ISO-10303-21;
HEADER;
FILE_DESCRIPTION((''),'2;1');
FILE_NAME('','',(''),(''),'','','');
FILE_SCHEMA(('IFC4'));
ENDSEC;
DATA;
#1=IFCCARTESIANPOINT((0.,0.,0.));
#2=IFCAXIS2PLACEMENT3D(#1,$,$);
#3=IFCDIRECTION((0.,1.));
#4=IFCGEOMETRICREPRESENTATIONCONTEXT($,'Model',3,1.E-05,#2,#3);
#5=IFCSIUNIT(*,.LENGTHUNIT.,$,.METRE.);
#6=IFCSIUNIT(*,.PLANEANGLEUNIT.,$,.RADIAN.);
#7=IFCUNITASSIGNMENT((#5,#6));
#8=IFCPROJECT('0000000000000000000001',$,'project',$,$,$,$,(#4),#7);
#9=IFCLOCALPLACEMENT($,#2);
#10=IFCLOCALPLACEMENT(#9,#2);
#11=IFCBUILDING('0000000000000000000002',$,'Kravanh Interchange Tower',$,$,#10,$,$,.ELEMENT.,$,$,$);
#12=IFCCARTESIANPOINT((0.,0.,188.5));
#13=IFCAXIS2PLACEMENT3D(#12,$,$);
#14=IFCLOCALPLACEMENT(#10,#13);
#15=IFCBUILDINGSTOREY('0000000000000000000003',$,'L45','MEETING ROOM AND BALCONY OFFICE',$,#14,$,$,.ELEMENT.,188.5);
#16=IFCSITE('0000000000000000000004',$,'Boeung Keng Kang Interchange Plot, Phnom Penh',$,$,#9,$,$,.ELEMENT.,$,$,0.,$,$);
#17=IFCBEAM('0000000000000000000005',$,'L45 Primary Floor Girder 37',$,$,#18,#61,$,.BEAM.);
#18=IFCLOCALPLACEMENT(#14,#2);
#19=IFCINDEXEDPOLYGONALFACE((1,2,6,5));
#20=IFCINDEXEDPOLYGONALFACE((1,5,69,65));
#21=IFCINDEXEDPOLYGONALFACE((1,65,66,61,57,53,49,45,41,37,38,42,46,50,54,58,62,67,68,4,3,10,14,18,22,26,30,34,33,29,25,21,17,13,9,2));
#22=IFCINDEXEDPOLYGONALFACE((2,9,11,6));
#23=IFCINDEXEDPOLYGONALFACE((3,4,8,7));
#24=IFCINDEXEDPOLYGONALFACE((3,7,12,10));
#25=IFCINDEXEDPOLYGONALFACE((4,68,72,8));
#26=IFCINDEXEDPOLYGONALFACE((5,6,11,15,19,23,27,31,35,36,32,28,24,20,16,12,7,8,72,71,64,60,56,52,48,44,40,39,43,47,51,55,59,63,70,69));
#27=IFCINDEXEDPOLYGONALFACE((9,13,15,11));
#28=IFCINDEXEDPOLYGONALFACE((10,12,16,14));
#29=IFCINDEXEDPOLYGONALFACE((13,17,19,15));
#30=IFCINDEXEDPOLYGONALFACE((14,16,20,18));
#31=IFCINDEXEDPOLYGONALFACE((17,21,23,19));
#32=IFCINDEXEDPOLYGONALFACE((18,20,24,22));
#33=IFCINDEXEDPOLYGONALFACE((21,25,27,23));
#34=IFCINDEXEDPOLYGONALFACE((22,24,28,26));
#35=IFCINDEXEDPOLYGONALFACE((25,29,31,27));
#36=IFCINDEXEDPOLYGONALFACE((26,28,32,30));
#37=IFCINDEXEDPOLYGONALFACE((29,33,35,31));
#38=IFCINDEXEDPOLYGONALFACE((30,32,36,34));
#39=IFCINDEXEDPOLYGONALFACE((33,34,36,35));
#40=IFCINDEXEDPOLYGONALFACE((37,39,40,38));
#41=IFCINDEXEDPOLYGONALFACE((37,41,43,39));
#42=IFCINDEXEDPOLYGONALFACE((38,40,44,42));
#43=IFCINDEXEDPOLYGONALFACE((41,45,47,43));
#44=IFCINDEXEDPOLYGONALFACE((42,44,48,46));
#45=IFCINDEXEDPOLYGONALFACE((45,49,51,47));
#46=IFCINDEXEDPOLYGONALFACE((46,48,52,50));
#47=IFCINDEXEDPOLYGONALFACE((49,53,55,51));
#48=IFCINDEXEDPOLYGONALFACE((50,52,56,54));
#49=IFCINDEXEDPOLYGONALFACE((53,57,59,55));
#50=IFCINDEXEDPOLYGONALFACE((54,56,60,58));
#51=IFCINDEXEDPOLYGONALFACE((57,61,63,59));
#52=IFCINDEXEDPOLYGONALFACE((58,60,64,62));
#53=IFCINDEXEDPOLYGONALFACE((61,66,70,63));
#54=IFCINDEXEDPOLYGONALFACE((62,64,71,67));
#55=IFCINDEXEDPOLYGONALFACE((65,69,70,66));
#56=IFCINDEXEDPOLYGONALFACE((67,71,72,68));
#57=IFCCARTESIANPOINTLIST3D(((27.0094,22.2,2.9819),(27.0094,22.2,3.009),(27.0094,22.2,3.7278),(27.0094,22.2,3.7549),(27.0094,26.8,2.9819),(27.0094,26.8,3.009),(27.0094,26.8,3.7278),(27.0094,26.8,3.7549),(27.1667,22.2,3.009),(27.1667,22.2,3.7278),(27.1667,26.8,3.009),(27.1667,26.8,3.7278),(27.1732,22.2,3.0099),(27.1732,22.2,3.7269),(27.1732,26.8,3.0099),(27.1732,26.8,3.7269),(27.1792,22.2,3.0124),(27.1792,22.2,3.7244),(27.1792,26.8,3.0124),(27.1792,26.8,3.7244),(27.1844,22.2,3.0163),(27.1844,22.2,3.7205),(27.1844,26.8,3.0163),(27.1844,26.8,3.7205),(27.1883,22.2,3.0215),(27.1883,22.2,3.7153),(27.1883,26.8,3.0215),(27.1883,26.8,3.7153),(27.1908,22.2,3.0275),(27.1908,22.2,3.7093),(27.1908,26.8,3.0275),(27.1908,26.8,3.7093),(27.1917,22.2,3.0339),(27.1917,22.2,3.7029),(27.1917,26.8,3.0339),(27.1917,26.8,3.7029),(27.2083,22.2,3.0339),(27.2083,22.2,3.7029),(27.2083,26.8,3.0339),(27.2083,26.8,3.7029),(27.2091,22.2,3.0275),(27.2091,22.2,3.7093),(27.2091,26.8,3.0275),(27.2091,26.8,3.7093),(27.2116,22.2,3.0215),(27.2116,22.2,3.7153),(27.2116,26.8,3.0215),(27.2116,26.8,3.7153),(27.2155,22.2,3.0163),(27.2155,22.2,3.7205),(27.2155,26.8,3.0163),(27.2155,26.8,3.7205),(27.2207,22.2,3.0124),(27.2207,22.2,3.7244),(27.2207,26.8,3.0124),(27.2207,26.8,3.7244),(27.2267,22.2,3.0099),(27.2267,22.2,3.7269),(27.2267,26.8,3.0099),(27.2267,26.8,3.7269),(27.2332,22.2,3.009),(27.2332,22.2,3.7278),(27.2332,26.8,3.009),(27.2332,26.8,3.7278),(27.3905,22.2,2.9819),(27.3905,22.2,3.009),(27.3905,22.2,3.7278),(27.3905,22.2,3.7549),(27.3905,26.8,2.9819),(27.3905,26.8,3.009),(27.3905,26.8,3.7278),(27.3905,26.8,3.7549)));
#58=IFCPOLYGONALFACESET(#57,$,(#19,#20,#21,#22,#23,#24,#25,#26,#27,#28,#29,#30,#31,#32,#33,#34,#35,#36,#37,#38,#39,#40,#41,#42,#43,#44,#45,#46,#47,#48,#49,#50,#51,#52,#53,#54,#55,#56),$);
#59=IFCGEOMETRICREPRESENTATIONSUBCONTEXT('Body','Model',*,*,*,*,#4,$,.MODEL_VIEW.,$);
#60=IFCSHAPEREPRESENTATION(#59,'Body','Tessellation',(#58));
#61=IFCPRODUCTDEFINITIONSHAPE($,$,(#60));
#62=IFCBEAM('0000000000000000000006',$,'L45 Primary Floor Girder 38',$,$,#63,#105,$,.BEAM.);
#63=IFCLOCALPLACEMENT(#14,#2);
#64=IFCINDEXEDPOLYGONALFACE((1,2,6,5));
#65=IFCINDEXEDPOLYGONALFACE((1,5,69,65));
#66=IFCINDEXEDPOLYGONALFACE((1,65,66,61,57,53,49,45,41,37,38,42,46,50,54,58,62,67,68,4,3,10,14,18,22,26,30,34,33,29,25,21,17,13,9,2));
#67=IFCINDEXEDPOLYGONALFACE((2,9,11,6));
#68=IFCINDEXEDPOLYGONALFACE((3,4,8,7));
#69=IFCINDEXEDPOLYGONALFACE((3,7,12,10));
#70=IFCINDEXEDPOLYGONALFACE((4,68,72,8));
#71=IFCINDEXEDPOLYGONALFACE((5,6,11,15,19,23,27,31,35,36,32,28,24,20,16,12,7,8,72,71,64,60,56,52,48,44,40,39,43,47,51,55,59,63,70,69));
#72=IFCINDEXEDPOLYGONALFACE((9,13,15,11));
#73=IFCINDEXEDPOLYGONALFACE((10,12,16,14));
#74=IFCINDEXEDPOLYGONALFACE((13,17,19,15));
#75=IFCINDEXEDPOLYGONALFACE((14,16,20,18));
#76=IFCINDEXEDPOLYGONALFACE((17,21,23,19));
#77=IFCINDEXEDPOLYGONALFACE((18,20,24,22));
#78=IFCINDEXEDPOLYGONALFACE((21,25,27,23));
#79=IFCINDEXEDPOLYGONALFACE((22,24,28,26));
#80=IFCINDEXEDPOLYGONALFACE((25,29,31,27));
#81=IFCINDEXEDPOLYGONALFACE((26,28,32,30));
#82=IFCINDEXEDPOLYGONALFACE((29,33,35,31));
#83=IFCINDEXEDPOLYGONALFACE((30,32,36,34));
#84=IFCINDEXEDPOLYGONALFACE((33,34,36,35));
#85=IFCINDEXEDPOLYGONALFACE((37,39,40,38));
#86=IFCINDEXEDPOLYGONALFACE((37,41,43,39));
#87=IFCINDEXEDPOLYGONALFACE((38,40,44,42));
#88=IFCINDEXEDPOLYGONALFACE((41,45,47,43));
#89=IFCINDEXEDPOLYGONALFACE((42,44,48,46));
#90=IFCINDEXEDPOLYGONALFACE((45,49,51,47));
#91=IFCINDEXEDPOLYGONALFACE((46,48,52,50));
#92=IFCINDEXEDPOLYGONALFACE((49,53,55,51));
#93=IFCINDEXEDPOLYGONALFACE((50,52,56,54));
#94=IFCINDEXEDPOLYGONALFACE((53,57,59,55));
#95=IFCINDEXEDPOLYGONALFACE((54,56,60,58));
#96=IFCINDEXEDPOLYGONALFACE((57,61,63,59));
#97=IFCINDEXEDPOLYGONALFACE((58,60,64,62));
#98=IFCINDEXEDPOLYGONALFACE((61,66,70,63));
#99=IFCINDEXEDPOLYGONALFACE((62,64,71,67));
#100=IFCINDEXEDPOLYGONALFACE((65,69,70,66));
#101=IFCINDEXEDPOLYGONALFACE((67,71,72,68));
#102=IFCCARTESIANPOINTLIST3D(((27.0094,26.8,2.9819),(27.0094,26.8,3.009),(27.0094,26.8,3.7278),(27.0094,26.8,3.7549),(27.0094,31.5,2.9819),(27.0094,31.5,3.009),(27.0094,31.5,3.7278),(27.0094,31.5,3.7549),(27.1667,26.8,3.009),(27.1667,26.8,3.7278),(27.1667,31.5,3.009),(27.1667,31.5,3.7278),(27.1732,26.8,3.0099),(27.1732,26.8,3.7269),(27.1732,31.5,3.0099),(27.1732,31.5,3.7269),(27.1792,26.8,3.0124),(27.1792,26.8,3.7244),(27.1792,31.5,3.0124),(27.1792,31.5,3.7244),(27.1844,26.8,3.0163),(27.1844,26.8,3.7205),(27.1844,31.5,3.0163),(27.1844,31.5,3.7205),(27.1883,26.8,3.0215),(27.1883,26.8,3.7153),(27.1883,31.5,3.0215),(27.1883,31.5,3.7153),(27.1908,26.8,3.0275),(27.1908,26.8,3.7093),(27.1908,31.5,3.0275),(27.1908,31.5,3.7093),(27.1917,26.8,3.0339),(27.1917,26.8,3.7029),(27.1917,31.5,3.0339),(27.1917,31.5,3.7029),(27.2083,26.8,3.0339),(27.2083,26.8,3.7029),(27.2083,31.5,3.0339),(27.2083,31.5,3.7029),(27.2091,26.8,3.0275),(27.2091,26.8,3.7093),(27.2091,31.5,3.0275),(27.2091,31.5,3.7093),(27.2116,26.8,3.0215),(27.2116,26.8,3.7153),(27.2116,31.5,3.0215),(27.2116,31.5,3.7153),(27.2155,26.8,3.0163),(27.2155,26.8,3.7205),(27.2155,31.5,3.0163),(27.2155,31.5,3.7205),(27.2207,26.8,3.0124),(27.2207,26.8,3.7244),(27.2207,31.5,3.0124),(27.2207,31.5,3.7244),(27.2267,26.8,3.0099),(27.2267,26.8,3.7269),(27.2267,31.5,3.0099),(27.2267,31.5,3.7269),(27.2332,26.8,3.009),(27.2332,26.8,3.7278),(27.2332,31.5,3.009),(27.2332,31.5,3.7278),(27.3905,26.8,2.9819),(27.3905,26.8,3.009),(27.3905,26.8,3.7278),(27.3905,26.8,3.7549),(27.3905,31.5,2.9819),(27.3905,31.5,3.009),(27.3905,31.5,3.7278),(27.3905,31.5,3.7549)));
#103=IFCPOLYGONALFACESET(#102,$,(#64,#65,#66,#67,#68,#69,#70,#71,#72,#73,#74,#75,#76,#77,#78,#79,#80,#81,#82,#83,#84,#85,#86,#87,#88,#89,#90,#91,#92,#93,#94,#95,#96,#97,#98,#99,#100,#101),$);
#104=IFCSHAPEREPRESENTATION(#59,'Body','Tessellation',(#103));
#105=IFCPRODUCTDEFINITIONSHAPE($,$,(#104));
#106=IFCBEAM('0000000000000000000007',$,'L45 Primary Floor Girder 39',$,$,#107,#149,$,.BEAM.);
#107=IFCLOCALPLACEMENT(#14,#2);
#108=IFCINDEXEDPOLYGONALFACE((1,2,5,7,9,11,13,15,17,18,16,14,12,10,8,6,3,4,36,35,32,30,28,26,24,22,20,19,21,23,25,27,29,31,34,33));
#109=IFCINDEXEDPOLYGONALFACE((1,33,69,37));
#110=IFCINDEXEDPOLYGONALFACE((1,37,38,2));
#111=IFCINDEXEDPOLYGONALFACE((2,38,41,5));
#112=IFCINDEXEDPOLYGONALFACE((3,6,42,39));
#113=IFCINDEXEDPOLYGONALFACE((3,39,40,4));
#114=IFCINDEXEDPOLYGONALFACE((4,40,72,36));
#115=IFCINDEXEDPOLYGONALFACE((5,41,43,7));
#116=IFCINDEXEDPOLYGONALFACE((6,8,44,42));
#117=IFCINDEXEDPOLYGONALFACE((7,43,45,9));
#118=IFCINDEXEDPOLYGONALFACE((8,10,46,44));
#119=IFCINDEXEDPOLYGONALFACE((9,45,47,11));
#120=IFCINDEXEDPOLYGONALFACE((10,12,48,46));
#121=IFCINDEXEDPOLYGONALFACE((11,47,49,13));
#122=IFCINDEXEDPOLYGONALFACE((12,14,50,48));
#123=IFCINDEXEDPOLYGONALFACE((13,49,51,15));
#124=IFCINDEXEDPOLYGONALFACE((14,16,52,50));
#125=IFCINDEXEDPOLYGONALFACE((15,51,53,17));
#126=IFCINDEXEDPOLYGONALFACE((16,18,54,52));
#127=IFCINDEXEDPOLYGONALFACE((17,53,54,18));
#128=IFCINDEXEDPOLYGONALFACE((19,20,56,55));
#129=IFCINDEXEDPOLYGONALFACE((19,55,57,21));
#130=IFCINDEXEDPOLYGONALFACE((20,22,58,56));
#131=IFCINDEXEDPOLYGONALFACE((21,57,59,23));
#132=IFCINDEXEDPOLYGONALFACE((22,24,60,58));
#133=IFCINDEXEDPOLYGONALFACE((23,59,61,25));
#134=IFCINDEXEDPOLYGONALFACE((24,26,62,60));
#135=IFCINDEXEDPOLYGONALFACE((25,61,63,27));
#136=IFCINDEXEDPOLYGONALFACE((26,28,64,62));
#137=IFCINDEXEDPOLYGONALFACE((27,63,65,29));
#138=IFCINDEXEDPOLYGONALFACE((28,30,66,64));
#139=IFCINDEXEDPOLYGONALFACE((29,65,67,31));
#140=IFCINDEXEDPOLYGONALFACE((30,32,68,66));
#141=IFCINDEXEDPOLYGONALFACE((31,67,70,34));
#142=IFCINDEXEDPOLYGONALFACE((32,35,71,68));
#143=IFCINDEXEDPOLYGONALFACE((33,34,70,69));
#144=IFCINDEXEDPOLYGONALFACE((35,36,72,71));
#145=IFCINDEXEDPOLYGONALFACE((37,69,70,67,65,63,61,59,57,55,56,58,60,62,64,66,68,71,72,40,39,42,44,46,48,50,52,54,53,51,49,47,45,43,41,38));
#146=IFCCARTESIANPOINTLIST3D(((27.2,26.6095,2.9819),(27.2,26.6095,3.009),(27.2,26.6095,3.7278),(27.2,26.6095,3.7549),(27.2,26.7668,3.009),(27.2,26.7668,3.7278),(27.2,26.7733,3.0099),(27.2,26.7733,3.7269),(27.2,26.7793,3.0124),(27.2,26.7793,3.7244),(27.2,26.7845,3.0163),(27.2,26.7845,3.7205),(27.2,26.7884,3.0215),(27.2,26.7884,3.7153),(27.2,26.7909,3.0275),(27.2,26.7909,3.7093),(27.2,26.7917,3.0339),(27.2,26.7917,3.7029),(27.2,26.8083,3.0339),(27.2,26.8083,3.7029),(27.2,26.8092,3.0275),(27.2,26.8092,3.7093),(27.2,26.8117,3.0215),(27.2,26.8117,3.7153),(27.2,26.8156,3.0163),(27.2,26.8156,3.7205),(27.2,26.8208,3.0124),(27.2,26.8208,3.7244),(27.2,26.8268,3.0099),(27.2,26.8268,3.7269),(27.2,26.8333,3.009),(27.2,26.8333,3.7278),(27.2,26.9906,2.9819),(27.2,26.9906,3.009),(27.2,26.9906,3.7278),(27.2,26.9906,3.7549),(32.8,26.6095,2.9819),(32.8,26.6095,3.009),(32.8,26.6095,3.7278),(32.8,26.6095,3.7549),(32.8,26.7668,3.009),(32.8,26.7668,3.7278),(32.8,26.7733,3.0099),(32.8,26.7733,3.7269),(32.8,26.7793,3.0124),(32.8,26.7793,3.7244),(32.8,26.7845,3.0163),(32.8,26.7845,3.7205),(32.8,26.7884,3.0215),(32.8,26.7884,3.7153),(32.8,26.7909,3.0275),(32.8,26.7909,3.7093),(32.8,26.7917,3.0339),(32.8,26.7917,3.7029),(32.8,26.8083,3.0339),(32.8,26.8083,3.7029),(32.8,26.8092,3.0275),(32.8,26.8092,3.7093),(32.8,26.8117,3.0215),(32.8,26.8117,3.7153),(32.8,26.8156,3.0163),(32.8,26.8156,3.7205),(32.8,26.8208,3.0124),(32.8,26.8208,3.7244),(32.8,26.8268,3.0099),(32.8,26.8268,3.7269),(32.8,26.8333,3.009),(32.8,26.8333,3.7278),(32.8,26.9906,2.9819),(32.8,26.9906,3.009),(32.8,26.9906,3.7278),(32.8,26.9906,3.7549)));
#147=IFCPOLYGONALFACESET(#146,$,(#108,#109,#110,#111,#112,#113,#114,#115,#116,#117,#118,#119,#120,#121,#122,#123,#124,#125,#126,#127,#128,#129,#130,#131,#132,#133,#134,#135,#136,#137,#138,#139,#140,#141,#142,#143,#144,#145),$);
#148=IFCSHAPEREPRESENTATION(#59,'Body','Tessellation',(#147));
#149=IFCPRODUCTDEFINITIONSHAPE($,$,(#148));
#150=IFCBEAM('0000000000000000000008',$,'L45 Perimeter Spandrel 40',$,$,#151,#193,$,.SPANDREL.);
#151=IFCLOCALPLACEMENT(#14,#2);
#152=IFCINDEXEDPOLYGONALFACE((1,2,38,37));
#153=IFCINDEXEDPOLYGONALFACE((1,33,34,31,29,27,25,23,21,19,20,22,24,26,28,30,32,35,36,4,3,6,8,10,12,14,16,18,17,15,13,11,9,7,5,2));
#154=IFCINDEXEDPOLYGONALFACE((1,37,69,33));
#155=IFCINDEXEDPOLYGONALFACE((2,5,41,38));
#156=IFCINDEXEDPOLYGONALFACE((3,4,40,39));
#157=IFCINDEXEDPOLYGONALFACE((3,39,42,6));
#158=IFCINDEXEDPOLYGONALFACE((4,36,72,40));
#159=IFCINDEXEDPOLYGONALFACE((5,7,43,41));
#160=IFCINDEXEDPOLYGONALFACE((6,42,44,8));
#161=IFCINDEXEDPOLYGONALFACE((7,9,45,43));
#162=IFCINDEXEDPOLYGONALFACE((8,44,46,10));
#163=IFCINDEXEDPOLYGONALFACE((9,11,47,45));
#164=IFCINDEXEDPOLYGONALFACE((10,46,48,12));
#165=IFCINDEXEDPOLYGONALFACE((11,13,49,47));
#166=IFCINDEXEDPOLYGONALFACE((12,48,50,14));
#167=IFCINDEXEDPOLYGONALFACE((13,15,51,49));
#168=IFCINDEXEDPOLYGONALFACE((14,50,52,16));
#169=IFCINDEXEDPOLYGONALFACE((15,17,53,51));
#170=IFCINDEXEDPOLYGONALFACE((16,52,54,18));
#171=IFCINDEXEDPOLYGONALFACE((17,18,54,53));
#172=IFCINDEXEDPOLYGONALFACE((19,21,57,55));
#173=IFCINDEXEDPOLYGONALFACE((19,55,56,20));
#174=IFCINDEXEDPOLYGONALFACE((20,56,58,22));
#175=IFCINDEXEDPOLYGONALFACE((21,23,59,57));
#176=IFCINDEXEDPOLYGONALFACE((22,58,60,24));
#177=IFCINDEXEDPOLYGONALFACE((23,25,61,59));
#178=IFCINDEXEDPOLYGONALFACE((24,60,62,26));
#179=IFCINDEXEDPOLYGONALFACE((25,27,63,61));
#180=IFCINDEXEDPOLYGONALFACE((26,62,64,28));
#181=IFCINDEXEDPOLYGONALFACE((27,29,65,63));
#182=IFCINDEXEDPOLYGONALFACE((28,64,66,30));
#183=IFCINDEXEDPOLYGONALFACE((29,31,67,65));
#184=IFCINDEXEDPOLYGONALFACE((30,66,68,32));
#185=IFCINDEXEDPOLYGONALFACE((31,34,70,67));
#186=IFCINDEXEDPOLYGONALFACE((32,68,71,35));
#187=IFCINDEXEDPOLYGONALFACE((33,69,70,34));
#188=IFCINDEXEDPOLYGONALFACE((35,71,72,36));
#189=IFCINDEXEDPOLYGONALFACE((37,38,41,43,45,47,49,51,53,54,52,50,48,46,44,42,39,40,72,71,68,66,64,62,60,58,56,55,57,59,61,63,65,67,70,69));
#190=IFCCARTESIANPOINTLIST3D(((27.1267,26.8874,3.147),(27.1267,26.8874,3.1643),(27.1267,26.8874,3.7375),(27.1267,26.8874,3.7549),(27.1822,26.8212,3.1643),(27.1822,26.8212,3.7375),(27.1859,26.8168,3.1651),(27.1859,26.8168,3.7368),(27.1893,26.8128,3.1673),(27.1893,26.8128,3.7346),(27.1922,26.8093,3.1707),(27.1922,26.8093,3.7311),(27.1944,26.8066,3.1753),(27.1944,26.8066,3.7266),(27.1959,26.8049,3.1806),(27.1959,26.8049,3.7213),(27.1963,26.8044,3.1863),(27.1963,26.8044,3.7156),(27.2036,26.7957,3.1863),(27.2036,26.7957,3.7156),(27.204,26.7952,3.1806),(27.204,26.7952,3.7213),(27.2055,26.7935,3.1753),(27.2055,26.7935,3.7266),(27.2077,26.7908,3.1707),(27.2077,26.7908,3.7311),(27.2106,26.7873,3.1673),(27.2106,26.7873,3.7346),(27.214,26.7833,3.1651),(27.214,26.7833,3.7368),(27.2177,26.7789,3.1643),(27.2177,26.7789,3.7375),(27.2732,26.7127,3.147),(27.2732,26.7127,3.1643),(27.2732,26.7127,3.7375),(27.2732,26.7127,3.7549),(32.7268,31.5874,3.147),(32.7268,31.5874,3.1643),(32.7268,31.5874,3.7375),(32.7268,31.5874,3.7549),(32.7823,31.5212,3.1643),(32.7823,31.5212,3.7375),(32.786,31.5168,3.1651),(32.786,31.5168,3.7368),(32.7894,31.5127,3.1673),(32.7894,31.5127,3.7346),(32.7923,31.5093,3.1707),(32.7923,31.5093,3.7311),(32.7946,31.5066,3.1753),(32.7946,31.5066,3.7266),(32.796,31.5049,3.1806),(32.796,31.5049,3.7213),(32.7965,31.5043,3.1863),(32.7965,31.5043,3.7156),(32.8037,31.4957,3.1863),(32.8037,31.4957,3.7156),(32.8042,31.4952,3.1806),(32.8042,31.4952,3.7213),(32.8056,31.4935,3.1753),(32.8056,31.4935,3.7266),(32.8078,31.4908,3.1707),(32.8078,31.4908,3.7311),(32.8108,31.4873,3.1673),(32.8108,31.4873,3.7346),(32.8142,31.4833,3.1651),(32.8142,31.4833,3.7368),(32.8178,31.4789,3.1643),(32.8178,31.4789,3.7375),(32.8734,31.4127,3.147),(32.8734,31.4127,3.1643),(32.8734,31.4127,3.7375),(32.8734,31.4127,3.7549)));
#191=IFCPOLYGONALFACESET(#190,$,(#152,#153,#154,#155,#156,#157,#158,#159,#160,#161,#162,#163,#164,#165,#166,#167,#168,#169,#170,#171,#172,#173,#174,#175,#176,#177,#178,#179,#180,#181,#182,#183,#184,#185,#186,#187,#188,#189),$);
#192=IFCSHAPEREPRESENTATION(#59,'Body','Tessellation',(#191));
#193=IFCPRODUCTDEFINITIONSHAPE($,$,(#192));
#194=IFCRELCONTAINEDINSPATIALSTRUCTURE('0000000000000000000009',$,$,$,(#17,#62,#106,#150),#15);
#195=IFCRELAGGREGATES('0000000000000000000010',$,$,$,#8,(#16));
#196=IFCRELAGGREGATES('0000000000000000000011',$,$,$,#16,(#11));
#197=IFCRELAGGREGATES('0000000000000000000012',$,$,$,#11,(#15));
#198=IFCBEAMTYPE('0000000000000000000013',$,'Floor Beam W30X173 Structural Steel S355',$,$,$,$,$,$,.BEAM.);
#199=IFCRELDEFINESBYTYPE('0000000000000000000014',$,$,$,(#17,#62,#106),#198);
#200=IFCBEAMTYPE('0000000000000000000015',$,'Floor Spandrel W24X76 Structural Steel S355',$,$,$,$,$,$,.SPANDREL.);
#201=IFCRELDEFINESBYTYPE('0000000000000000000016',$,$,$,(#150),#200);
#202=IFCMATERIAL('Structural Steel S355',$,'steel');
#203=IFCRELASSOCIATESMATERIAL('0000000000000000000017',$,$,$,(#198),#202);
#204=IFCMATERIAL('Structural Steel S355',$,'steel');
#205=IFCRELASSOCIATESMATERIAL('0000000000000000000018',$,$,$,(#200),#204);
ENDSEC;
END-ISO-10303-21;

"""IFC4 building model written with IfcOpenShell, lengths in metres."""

from ifc_helpers import new_model, si_unit, direction, frame, origin, origin_2d, place, context, subcontext, project, spatial, i_section, extrude, material, material_profile, profile_set, type_object, element, save


model = new_model("IFC4")

# Units and contexts
model_context = context("Model", 3, precision=1e-05, world=origin(), true_north=direction((0.0, 1.0)))
body_context = subcontext(model_context, "Body", "Model", "MODEL_VIEW")
ifc_project = project(units=[si_unit("LENGTHUNIT", "METRE"), si_unit("PLANEANGLEUNIT", "RADIAN")], contexts=[model_context])

# Site, building, storey
site_placement = place(None, origin())
site = spatial("IfcSite", under=ifc_project, at=site_placement, Name="Boeung Keng Kang Interchange Plot, Phnom Penh", CompositionType="ELEMENT", RefElevation=0.0)
building_placement = place(site_placement, origin())
building = spatial("IfcBuilding", under=site, at=building_placement, Name="Kravanh Interchange Tower", CompositionType="ELEMENT")
storey_placement = place(building_placement, frame((0.0, 0.0, 188.5)))
storey = spatial("IfcBuildingStorey", under=building, at=storey_placement, Name="L45", Description="MEETING ROOM AND BALCONY OFFICE", CompositionType="ELEMENT", Elevation=188.5)

# Beams
ifc_material_1 = material(Name="Structural Steel S355", Category="steel")
ifc_material_profile_1 = material_profile(ifc_material_1, i_section(OverallWidth=0.3811, OverallDepth=0.7729, WebThickness=0.0166, FlangeThickness=0.0271, FilletRadius=0.0249, at=origin_2d()), Name="W30X173")
ifc_profile_set_1 = profile_set([ifc_material_profile_1], Name="Structural Steel S355")
beam_type_1 = type_object("IfcBeamType", Name="Floor Beam W30X173 Structural Steel S355", PredefinedType="BEAM", material=ifc_profile_set_1)
beam_1_placement = place(storey_placement, frame((27.2, 26.8, 3.3684), z_axis=(0.0, -1.0, 0.0), x_axis=(1.0, 0.0, 0.0)))
element("IfcBeam", 1, at=beam_1_placement, inside=storey, type_object=beam_type_1, Name="L45 Primary Floor Girder 37", PredefinedType="BEAM", context=body_context, shape_type="SweptSolid", body=[
    extrude(i_section(OverallWidth=0.3811, OverallDepth=0.7729, WebThickness=0.0166, FlangeThickness=0.0271, FilletRadius=0.0249, at=origin_2d()), origin(), (0.0, 0.0, 1.0), 4.6001),
])
beam_2_placement = place(storey_placement, frame((27.2, 26.8, 3.3684), z_axis=(0.0, 1.0, 0.0), x_axis=(-1.0, 0.0, 0.0)))
element("IfcBeam", 2, at=beam_2_placement, inside=storey, type_object=beam_type_1, Name="L45 Primary Floor Girder 38", PredefinedType="BEAM", context=body_context, shape_type="SweptSolid", body=[
    extrude(i_section(OverallWidth=0.3811, OverallDepth=0.7729, WebThickness=0.0166, FlangeThickness=0.0271, FilletRadius=0.0249, at=origin_2d()), origin(), (0.0, 0.0, 1.0), 4.7),
])
beam_3_placement = place(storey_placement, frame((27.2, 26.8, 3.3684), z_axis=(1.0, 0.0, 0.0), x_axis=(0.0, 1.0, 0.0)))
element("IfcBeam", 3, at=beam_3_placement, inside=storey, type_object=beam_type_1, Name="L45 Primary Floor Girder 39", PredefinedType="BEAM", context=body_context, shape_type="SweptSolid", body=[
    extrude(i_section(OverallWidth=0.3811, OverallDepth=0.7729, WebThickness=0.0166, FlangeThickness=0.0271, FilletRadius=0.0249, at=origin_2d()), origin(), (0.0, 0.0, 1.0), 5.6001),
])
ifc_material_2 = material(Name="Structural Steel S355", Category="steel")
ifc_material_profile_2 = material_profile(ifc_material_2, i_section(OverallWidth=0.228, OverallDepth=0.6079, WebThickness=0.0112, FlangeThickness=0.0173, FilletRadius=0.022, at=origin_2d()), Name="W24X76")
ifc_profile_set_2 = profile_set([ifc_material_profile_2], Name="Structural Steel S355")
beam_type_2 = type_object("IfcBeamType", Name="Floor Spandrel W24X76 Structural Steel S355", PredefinedType="SPANDREL", material=ifc_profile_set_2)
beam_4_placement = place(storey_placement, frame((27.2, 26.8, 3.4509), z_axis=(0.765983, 0.642861, 0.0), x_axis=(-0.642861, 0.765983, 0.0)))
element("IfcBeam", 4, at=beam_4_placement, inside=storey, type_object=beam_type_2, Name="L45 Perimeter Spandrel 40", PredefinedType="SPANDREL", context=body_context, shape_type="SweptSolid", body=[
    extrude(i_section(OverallWidth=0.228, OverallDepth=0.6079, WebThickness=0.0112, FlangeThickness=0.0173, FilletRadius=0.022, at=origin_2d()), origin(), (0.0, 0.0, 1.0), 7.311),
])

save(model, "model.ifc")
